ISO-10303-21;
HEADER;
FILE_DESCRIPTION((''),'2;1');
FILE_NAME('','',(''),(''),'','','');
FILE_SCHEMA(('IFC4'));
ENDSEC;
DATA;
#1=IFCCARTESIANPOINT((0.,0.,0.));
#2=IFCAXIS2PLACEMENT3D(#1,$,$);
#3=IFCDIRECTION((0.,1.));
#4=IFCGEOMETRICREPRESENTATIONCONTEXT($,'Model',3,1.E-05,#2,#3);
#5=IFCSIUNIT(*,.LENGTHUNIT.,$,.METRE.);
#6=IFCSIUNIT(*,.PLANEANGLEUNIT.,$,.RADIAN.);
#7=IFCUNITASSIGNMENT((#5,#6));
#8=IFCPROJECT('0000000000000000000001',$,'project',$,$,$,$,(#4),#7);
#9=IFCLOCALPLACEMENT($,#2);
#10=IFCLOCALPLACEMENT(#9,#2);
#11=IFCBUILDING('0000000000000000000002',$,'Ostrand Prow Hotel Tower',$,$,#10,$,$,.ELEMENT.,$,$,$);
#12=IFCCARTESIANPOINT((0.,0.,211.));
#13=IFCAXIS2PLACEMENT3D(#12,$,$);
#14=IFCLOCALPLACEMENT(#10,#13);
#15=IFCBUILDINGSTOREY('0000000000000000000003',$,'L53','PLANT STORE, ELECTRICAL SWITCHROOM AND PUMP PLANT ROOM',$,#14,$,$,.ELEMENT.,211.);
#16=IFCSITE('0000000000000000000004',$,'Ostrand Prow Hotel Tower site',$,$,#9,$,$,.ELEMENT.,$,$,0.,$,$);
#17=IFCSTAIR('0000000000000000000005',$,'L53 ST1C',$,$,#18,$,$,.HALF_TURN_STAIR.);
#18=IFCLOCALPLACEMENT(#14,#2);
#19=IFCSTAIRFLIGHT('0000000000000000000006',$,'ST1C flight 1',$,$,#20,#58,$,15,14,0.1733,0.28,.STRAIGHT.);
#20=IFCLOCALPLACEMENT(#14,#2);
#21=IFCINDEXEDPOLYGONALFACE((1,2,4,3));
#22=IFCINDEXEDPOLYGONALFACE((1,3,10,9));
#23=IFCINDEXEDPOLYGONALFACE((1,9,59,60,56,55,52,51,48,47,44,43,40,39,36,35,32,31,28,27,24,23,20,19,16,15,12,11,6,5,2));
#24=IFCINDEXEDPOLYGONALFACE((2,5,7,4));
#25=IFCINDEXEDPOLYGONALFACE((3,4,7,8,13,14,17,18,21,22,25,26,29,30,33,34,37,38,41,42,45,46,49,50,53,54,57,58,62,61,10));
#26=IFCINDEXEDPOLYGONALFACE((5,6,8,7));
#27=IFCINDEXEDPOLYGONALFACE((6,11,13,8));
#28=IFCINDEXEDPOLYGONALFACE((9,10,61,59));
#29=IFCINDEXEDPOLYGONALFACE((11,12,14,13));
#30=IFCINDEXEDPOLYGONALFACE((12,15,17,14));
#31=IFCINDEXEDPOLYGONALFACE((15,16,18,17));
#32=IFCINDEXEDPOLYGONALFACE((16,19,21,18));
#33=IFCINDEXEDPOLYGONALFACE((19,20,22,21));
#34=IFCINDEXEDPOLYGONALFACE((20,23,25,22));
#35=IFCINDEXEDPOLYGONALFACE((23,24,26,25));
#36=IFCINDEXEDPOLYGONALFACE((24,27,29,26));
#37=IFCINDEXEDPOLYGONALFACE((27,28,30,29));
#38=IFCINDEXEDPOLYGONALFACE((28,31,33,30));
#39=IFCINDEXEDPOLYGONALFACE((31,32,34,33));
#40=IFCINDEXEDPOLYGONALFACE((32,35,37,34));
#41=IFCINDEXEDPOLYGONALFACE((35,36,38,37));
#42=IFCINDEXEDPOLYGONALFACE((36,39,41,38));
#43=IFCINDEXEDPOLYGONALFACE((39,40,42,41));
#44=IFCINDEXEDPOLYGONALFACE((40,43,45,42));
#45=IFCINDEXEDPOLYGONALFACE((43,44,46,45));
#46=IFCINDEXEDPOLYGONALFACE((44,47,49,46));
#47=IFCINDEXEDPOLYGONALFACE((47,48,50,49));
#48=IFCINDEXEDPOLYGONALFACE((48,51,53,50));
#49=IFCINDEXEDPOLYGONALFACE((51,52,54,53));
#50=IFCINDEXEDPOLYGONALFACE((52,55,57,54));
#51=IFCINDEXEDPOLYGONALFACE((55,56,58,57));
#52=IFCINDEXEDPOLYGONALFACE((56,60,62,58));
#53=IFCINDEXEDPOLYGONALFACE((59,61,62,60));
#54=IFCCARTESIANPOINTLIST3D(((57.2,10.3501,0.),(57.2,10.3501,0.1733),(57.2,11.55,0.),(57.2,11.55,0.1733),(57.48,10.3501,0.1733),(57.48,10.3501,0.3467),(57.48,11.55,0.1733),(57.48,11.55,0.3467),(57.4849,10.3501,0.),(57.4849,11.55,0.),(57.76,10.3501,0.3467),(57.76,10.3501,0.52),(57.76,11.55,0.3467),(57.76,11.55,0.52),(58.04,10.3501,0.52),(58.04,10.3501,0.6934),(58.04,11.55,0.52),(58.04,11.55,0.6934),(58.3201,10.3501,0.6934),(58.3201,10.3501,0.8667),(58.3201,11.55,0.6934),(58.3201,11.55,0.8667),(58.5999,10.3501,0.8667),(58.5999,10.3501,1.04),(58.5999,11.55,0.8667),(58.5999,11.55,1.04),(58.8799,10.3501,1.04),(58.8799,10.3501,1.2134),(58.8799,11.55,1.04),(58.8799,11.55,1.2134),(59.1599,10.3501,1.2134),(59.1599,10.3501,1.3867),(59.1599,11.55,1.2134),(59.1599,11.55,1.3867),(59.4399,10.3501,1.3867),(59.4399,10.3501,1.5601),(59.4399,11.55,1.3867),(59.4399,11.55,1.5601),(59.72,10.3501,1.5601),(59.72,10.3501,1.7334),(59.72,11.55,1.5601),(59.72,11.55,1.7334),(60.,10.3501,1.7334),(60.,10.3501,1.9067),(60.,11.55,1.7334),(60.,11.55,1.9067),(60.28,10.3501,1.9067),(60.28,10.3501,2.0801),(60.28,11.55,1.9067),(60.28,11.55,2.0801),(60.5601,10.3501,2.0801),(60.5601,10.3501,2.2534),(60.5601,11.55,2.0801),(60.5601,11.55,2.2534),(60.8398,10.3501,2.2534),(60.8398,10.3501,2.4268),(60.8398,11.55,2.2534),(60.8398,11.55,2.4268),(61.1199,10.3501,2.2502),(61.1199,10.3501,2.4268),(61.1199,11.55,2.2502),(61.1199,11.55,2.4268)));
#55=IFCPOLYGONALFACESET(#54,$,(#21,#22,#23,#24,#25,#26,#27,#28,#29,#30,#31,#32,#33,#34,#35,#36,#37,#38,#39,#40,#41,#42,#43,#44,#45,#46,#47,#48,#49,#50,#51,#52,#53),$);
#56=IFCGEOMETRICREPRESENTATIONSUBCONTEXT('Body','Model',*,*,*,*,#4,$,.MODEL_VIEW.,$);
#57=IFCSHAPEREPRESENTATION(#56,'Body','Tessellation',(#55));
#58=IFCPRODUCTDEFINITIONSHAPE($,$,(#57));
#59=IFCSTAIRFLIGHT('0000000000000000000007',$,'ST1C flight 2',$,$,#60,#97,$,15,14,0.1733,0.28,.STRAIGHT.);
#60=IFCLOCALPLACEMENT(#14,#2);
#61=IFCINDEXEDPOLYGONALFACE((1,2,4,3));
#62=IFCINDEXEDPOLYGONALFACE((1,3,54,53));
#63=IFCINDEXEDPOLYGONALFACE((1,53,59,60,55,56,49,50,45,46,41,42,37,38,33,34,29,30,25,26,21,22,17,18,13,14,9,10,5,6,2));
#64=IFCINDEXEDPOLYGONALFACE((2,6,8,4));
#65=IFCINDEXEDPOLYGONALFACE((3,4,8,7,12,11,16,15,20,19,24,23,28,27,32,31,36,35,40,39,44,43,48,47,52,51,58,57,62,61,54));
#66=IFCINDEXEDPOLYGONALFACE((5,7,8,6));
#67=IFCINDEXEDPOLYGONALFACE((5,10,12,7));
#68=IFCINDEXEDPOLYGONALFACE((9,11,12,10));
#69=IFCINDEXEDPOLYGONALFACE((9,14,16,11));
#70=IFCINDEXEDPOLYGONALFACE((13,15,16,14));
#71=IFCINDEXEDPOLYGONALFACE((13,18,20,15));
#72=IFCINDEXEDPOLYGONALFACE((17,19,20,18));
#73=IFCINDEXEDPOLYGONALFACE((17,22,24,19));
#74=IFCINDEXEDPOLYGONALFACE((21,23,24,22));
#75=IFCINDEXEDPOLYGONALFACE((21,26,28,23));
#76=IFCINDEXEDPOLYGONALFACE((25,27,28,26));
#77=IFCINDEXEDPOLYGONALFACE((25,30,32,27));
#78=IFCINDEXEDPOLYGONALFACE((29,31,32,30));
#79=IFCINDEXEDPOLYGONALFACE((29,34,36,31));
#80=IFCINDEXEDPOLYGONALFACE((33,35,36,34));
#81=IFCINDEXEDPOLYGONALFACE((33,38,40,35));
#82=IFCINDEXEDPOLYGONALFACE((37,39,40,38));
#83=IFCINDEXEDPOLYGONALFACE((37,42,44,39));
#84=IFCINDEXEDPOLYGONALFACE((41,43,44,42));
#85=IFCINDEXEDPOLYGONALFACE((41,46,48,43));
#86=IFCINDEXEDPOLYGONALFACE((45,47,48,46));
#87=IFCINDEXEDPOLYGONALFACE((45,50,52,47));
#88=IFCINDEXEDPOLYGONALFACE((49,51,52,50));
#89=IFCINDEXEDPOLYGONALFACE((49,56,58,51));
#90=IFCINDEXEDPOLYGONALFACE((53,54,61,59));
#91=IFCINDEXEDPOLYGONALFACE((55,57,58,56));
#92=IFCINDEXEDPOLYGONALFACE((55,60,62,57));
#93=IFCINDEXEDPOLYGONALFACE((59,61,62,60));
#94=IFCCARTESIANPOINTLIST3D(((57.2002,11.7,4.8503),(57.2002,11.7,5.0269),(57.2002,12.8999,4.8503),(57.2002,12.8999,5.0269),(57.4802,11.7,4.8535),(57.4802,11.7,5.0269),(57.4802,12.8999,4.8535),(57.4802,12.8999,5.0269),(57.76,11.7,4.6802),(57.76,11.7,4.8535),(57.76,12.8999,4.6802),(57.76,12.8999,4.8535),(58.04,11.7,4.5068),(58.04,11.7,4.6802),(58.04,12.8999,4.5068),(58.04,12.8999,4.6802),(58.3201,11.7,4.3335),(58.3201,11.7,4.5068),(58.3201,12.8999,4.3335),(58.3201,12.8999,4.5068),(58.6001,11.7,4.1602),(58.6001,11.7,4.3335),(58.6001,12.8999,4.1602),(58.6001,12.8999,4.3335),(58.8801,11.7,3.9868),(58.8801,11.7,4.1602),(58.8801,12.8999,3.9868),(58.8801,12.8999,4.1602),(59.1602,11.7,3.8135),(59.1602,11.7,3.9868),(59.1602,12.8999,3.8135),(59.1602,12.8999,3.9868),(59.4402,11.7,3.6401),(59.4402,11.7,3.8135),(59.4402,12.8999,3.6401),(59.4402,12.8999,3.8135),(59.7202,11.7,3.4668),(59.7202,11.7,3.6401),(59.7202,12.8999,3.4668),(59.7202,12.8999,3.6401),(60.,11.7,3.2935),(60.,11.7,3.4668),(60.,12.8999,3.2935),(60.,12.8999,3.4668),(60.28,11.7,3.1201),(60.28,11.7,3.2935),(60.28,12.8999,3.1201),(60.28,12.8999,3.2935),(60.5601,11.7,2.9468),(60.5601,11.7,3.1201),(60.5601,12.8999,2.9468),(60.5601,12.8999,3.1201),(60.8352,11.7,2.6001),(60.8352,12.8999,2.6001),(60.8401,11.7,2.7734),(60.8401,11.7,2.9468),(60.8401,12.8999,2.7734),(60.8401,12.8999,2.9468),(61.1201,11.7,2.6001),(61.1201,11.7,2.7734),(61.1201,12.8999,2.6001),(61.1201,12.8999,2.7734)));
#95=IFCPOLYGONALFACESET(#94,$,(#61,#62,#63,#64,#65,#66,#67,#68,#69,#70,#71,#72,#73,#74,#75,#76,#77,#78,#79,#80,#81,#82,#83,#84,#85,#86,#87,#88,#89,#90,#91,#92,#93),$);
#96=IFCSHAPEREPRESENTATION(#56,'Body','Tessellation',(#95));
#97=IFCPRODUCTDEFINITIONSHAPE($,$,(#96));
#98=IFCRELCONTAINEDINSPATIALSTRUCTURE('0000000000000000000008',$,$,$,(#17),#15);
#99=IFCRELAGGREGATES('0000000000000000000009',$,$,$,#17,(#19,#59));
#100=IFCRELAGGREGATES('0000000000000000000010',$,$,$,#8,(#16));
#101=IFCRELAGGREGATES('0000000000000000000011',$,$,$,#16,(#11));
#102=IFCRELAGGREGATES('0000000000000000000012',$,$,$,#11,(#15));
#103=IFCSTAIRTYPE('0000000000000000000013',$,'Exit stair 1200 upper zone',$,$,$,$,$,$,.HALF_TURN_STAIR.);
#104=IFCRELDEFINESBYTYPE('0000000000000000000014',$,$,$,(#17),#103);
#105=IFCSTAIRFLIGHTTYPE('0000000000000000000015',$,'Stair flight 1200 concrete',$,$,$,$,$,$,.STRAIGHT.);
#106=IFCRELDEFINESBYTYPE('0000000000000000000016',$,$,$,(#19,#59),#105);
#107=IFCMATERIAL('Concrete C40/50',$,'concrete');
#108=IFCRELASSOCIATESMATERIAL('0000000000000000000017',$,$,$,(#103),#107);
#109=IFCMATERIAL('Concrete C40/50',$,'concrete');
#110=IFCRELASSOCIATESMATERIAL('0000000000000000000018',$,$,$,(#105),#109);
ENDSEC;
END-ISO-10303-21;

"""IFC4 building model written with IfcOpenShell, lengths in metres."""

from ifc_helpers import new_model, si_unit, direction, frame, origin, place, context, subcontext, project, spatial, polyline, outline, extrude, material, type_object, element, aggregate, save


model = new_model("IFC4")

# Units and contexts
model_context = context("Model", 3, precision=1e-05, world=origin(), true_north=direction((0.0, 1.0)))
body_context = subcontext(model_context, "Body", "Model", "MODEL_VIEW")
ifc_project = project(units=[si_unit("LENGTHUNIT", "METRE"), si_unit("PLANEANGLEUNIT", "RADIAN")], contexts=[model_context])

# Site, building, storey
site_placement = place(None, origin())
site = spatial("IfcSite", under=ifc_project, at=site_placement, Name="Ostrand Prow Hotel Tower site", CompositionType="ELEMENT", RefElevation=0.0)
building_placement = place(site_placement, origin())
building = spatial("IfcBuilding", under=site, at=building_placement, Name="Ostrand Prow Hotel Tower", CompositionType="ELEMENT")
storey_placement = place(building_placement, frame((0.0, 0.0, 211.0)))
storey = spatial("IfcBuildingStorey", under=building, at=storey_placement, Name="L53", Description="PLANT STORE, ELECTRICAL SWITCHROOM AND PUMP PLANT ROOM", CompositionType="ELEMENT", Elevation=211.0)

# Stair, stair flights
ifc_material_1 = material(Name="Concrete C40/50", Category="concrete")
stair_type = type_object("IfcStairType", Name="Exit stair 1200 upper zone", PredefinedType="HALF_TURN_STAIR", material=ifc_material_1)
stair_placement = place(storey_placement, origin())
stair = element("IfcStair", 1, at=stair_placement, inside=storey, type_object=stair_type, Name="L53 ST1C", PredefinedType="HALF_TURN_STAIR")
ifc_material_2 = material(Name="Concrete C40/50", Category="concrete")
stair_flight_type = type_object("IfcStairFlightType", Name="Stair flight 1200 concrete", PredefinedType="STRAIGHT", material=ifc_material_2)
stair_flight_1_placement = place(storey_placement, frame((57.2, 10.95, 0.0), z_axis=(0.0, 0.0, 1.0), x_axis=(1.0, 0.0, 0.0)))
stair_flight_1 = element("IfcStairFlight", 2, at=stair_flight_1_placement, type_object=stair_flight_type, Name="ST1C flight 1", NumberOfRisers=15, NumberOfTreads=14, PredefinedType="STRAIGHT", RiserHeight=0.1733, TreadLength=0.28, context=body_context, shape_type="SweptSolid", body=[
    extrude(outline(polyline([(0.0, 0.0), (0.0, 0.1733), (0.28, 0.1733), (0.28, 0.3467), (0.5601, 0.3467), (0.5601, 0.52), (0.8401, 0.52), (0.8401, 0.6934), (1.1201, 0.6934), (1.1201, 0.8667), (1.3999, 0.8667), (1.3999, 1.04), (1.6799, 1.04), (1.6799, 1.2134), (1.96, 1.2134), (1.96, 1.3867), (2.24, 1.3867), (2.24, 1.5601), (2.52, 1.5601), (2.52, 1.7334), (2.8, 1.7334), (2.8, 1.9067), (3.0801, 1.9067), (3.0801, 2.0801), (3.3601, 2.0801), (3.3601, 2.2534), (3.6399, 2.2534), (3.6399, 2.4268), (3.9199, 2.4268), (3.9199, 2.6001), (3.9199, 2.2502), (0.2849, 0.0), (0.0, 0.0)])), frame((0.0, 0.6001, 0.0), z_axis=(0.0, -1.0, 0.0), x_axis=(1.0, 0.0, 0.0)), (0.0, 0.0, 1.0), 1.2),
])
stair_flight_2_placement = place(storey_placement, frame((61.1201, 12.3, 2.6001), z_axis=(0.0, 0.0, 1.0), x_axis=(-1.0, 0.0, 0.0)))
stair_flight_2 = element("IfcStairFlight", 3, at=stair_flight_2_placement, type_object=stair_flight_type, Name="ST1C flight 2", NumberOfRisers=15, NumberOfTreads=14, PredefinedType="STRAIGHT", RiserHeight=0.1733, TreadLength=0.28, context=body_context, shape_type="SweptSolid", body=[
    extrude(outline(polyline([(0.0, 0.0), (0.0, 0.1733), (0.28, 0.1733), (0.28, 0.3467), (0.5601, 0.3467), (0.5601, 0.52), (0.8401, 0.52), (0.8401, 0.6934), (1.1201, 0.6934), (1.1201, 0.8667), (1.3999, 0.8667), (1.3999, 1.04), (1.6799, 1.04), (1.6799, 1.2134), (1.96, 1.2134), (1.96, 1.3867), (2.24, 1.3867), (2.24, 1.5601), (2.52, 1.5601), (2.52, 1.7334), (2.8, 1.7334), (2.8, 1.9067), (3.0801, 1.9067), (3.0801, 2.0801), (3.3601, 2.0801), (3.3601, 2.2534), (3.6399, 2.2534), (3.6399, 2.4268), (3.9199, 2.4268), (3.9199, 2.6001), (3.9199, 2.2502), (0.2849, 0.0), (0.0, 0.0)])), frame((0.0, 0.6001, 0.0), z_axis=(0.0, -1.0, 0.0), x_axis=(1.0, 0.0, 0.0)), (0.0, 0.0, 1.0), 1.2),
])
aggregate(stair, [stair_flight_1, stair_flight_2])

save(model, "model.ifc")
